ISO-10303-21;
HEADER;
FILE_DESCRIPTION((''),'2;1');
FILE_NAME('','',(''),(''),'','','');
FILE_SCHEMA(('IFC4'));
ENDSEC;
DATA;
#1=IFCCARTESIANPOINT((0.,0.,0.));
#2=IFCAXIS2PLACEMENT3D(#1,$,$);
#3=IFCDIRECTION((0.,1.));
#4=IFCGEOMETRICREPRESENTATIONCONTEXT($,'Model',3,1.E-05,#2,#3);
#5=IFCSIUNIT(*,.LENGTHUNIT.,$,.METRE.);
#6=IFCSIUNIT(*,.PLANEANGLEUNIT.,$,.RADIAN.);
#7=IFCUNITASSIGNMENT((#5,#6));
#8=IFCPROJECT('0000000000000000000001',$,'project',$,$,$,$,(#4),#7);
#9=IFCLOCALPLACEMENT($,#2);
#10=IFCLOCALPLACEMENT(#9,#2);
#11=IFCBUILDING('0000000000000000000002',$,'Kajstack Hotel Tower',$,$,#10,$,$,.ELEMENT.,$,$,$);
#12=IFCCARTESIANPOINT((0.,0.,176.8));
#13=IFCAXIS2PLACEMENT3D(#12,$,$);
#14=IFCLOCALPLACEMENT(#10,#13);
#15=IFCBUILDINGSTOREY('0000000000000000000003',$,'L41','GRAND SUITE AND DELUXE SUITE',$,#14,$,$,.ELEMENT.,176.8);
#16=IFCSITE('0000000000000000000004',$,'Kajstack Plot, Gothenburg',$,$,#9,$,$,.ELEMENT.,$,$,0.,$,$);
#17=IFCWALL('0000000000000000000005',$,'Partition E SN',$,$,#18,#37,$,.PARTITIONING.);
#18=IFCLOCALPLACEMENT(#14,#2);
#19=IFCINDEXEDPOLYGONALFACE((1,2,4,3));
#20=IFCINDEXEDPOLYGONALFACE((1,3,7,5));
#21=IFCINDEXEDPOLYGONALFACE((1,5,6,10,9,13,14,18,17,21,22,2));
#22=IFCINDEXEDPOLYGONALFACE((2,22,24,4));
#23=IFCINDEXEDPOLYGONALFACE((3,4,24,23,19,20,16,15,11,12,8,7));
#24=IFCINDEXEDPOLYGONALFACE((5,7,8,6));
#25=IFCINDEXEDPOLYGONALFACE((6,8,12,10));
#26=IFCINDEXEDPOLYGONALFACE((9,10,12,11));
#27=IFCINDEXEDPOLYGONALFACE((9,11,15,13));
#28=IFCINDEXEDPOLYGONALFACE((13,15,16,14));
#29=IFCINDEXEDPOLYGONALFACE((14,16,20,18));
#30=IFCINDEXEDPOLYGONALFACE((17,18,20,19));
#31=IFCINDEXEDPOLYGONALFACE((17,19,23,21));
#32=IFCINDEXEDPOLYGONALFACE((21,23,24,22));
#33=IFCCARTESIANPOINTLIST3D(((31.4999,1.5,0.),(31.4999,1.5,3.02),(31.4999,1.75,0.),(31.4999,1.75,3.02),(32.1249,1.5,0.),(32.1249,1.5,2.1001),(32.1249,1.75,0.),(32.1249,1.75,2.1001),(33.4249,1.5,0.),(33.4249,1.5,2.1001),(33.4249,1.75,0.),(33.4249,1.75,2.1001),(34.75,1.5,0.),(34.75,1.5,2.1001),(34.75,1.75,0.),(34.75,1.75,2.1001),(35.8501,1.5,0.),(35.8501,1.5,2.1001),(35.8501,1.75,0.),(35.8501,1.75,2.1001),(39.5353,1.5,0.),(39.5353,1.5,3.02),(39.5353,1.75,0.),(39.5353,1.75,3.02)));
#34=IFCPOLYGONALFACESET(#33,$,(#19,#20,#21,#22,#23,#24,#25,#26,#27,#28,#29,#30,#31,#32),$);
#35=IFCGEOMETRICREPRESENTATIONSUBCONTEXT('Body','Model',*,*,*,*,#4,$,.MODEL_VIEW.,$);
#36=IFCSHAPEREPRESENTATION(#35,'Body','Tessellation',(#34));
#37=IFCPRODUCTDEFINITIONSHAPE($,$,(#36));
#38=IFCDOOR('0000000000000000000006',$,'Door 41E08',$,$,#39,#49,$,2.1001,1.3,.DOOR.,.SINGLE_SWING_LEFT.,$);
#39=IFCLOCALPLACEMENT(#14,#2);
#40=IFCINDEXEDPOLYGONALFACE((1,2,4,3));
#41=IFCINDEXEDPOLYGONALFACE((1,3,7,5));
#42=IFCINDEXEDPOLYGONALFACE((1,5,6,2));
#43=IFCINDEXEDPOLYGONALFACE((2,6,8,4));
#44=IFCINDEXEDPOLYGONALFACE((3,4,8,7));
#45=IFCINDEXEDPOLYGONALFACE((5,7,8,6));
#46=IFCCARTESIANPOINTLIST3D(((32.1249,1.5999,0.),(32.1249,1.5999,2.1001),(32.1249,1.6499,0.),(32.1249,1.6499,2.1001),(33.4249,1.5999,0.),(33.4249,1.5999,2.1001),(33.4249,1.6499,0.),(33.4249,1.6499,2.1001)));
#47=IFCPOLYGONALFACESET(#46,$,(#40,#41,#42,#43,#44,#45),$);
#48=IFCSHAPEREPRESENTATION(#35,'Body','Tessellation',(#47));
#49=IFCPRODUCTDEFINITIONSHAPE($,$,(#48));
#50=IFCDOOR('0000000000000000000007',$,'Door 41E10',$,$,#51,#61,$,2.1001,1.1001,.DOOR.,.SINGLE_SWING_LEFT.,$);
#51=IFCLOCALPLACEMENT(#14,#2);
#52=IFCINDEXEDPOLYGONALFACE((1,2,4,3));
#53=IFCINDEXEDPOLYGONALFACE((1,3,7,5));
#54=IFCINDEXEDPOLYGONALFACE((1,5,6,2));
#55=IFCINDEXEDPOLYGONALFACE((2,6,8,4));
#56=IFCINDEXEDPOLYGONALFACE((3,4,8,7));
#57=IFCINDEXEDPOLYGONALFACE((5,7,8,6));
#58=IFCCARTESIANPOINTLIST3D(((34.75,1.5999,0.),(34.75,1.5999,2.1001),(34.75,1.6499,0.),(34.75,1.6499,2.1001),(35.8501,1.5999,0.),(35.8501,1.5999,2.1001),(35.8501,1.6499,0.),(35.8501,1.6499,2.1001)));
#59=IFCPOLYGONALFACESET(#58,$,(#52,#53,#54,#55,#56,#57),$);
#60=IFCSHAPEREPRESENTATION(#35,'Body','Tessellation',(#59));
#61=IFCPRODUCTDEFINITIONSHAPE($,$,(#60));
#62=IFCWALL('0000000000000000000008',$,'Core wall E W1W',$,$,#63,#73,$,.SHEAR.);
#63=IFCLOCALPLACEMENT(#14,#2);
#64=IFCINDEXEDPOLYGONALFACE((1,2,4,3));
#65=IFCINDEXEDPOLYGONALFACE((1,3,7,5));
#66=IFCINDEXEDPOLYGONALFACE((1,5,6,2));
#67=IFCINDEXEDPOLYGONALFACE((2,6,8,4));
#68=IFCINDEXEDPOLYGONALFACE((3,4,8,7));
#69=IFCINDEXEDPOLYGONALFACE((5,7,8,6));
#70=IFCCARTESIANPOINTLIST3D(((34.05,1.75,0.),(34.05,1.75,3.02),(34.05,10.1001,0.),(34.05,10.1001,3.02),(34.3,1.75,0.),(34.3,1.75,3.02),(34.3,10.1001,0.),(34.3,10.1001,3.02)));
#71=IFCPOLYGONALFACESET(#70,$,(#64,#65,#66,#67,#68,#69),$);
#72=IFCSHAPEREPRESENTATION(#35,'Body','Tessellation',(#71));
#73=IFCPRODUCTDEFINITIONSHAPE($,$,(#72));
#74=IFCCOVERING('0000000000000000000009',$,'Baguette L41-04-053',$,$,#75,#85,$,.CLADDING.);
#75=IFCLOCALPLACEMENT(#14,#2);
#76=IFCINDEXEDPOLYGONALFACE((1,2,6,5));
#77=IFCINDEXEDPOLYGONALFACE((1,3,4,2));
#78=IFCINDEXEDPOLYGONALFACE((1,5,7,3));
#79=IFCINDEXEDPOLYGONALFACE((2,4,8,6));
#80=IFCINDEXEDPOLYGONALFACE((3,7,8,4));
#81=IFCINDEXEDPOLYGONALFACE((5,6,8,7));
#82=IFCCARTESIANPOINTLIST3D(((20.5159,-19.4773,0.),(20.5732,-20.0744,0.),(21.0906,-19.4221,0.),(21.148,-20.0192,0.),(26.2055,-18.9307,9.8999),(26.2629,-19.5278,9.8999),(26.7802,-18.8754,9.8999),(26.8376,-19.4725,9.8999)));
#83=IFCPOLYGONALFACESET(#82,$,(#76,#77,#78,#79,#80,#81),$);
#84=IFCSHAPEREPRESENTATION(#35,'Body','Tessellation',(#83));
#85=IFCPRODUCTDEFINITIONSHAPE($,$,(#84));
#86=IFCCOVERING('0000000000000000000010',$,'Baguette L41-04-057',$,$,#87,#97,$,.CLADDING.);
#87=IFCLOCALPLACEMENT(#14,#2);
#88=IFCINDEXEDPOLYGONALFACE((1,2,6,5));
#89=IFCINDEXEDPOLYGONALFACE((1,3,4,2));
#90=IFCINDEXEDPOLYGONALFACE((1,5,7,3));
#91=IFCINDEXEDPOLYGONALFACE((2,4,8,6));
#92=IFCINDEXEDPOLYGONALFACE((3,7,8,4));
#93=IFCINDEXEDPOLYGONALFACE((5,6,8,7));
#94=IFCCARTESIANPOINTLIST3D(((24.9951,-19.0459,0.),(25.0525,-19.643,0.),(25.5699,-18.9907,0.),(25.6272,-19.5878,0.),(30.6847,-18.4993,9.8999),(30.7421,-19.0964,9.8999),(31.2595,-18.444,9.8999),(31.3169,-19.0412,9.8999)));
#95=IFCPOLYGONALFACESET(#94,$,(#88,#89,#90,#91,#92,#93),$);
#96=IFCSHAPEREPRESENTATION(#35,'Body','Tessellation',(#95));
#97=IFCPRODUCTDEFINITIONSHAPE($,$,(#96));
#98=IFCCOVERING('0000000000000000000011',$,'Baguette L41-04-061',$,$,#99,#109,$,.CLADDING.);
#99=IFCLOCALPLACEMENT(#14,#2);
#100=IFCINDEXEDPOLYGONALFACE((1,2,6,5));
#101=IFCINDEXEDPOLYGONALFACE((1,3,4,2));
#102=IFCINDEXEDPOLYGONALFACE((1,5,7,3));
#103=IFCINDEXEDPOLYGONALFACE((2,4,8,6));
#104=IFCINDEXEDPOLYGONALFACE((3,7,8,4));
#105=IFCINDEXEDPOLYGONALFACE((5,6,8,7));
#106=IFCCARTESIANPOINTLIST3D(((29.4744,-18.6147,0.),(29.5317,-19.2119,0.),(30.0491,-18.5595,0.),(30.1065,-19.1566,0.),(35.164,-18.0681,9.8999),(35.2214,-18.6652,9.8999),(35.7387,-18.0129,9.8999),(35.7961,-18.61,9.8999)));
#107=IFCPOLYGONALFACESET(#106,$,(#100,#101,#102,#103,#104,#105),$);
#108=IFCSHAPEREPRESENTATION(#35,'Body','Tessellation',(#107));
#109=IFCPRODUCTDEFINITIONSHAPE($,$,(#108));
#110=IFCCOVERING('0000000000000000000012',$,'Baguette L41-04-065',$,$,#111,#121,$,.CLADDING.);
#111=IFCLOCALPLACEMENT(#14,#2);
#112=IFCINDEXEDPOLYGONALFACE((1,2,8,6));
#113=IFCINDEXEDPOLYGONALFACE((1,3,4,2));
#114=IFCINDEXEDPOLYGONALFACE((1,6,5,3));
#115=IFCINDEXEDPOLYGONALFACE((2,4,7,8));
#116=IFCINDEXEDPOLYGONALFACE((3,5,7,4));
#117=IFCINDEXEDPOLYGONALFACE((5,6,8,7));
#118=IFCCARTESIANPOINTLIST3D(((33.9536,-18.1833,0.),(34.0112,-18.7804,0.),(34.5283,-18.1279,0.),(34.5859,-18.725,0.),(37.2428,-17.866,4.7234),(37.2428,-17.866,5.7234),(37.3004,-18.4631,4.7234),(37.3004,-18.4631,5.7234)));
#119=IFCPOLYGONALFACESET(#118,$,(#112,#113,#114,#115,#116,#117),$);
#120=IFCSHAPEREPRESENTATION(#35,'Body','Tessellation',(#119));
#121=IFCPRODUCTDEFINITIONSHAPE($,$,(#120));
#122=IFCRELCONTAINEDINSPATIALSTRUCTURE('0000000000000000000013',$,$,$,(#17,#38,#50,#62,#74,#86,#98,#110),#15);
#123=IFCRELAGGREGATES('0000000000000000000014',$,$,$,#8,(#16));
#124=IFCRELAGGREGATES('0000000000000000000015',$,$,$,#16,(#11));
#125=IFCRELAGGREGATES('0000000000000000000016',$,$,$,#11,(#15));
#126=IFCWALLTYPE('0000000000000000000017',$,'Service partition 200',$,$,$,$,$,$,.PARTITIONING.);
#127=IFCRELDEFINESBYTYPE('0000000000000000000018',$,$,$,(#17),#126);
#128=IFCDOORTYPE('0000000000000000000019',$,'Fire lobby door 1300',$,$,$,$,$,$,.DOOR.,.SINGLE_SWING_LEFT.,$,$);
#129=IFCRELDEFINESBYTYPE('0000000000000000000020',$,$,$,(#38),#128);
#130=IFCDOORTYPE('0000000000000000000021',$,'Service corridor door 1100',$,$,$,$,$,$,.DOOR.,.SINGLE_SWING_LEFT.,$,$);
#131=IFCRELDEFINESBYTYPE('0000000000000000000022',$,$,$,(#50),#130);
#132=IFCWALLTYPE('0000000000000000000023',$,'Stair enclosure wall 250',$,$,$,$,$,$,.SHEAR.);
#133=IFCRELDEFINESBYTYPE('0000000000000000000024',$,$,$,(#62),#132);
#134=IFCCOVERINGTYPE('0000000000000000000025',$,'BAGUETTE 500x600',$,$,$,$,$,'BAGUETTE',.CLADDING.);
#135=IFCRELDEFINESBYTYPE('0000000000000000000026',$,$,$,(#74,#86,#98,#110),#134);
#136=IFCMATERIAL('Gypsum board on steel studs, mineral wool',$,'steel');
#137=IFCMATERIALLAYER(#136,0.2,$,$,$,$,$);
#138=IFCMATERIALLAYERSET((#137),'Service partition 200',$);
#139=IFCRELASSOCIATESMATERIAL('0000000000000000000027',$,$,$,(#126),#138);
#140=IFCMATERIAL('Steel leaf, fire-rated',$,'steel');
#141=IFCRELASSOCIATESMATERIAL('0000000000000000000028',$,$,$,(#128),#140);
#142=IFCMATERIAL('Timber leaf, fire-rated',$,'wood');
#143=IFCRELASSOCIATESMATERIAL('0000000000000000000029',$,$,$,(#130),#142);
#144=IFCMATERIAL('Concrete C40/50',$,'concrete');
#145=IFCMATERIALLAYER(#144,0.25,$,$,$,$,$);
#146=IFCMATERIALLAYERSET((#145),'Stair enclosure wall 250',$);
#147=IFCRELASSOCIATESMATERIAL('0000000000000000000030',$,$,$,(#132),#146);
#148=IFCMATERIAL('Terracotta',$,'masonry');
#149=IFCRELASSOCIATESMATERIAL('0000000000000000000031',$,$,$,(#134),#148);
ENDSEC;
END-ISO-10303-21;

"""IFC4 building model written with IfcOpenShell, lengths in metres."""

from ifc_helpers import new_model, si_unit, direction, frame, frame_2d, origin, origin_2d, place, context, subcontext, project, spatial, polyline, rectangle, outline, extrude, material, layer, layer_set, material_profile, profile_set, type_object, element, fill, save


model = new_model("IFC4")

# Units and contexts
model_context = context("Model", 3, precision=1e-05, world=origin(), true_north=direction((0.0, 1.0)))
body_context = subcontext(model_context, "Body", "Model", "MODEL_VIEW")
ifc_project = project(units=[si_unit("LENGTHUNIT", "METRE"), si_unit("PLANEANGLEUNIT", "RADIAN")], contexts=[model_context])

# Site, building, storey
site_placement = place(None, origin())
site = spatial("IfcSite", under=ifc_project, at=site_placement, Name="Kajstack Plot, Gothenburg", CompositionType="ELEMENT", RefElevation=0.0)
building_placement = place(site_placement, origin())
building = spatial("IfcBuilding", under=site, at=building_placement, Name="Kajstack Hotel Tower", CompositionType="ELEMENT")
storey_placement = place(building_placement, frame((0.0, 0.0, 176.8)))
storey = spatial("IfcBuildingStorey", under=building, at=storey_placement, Name="L41", Description="GRAND SUITE AND DELUXE SUITE", CompositionType="ELEMENT", Elevation=176.8)

# Wall, openings, doors
ifc_material_1 = material(Name="Gypsum board on steel studs, mineral wool", Category="steel")
ifc_layer_1 = layer(ifc_material_1, 0.2)
ifc_layer_set_1 = layer_set([ifc_layer_1], Name="Service partition 200")
wall_type_1 = type_object("IfcWallType", Name="Service partition 200", PredefinedType="PARTITIONING", material=ifc_layer_set_1)
wall_1_placement = place(storey_placement, frame((31.5, 1.625, 0.0), z_axis=(0.0, 0.0, 1.0), x_axis=(1.0, 0.0, 0.0)))
wall_1 = element("IfcWall", 1, at=wall_1_placement, inside=storey, type_object=wall_type_1, Name="Partition E SN", PredefinedType="PARTITIONING", context=body_context, shape_type="SweptSolid", body=[
    extrude(rectangle(XDim=8.0354, YDim=0.25, at=frame_2d((4.0176, 0.0))), origin(), (0.0, 0.0, 1.0), 3.02),
])
opening_1_placement = place(wall_1_placement, frame((0.625, 0.0, 0.0)))
opening_1 = element("IfcOpeningElement", 2, at=opening_1_placement, cuts=wall_1, PredefinedType="OPENING", context=body_context, shape_type="SweptSolid", body=[
    extrude(rectangle(XDim=1.3, YDim=2.1001, at=frame_2d((0.6499, 1.05))), frame((0.0, 0.135, 0.0), z_axis=(0.0, -1.0, 0.0), x_axis=(1.0, 0.0, 0.0)), (0.0, 0.0, 1.0), 0.27),
])
opening_2_placement = place(wall_1_placement, frame((3.25, 0.0, 0.0)))
opening_2 = element("IfcOpeningElement", 3, at=opening_2_placement, cuts=wall_1, PredefinedType="OPENING", context=body_context, shape_type="SweptSolid", body=[
    extrude(rectangle(XDim=1.1001, YDim=2.1001, at=frame_2d((0.55, 1.05))), frame((0.0, 0.135, 0.0), z_axis=(0.0, -1.0, 0.0), x_axis=(1.0, 0.0, 0.0)), (0.0, 0.0, 1.0), 0.27),
])
ifc_material_2 = material(Name="Steel leaf, fire-rated", Category="steel")
door_type_1 = type_object("IfcDoorType", Name="Fire lobby door 1300", OperationType="SINGLE_SWING_LEFT", PredefinedType="DOOR", material=ifc_material_2)
door_1_placement = place(opening_1_placement, origin())
door_1 = element("IfcDoor", 4, at=door_1_placement, inside=storey, type_object=door_type_1, Name="Door 41E08", OperationType="SINGLE_SWING_LEFT", OverallHeight=2.1001, OverallWidth=1.3, PredefinedType="DOOR", context=body_context, shape_type="SweptSolid", body=[
    extrude(rectangle(XDim=1.3, YDim=2.1001, at=frame_2d((0.6499, 1.05))), frame((0.0, 0.0249, 0.0), z_axis=(0.0, -1.0, 0.0), x_axis=(1.0, 0.0, 0.0)), (0.0, 0.0, 1.0), 0.05),
])
fill(opening_1, door_1)
ifc_material_3 = material(Name="Timber leaf, fire-rated", Category="wood")
door_type_2 = type_object("IfcDoorType", Name="Service corridor door 1100", OperationType="SINGLE_SWING_LEFT", PredefinedType="DOOR", material=ifc_material_3)
door_2_placement = place(opening_2_placement, origin())
door_2 = element("IfcDoor", 5, at=door_2_placement, inside=storey, type_object=door_type_2, Name="Door 41E10", OperationType="SINGLE_SWING_LEFT", OverallHeight=2.1001, OverallWidth=1.1001, PredefinedType="DOOR", context=body_context, shape_type="SweptSolid", body=[
    extrude(rectangle(XDim=1.1001, YDim=2.1001, at=frame_2d((0.55, 1.05))), frame((0.0, 0.0249, 0.0), z_axis=(0.0, -1.0, 0.0), x_axis=(1.0, 0.0, 0.0)), (0.0, 0.0, 1.0), 0.05),
])
fill(opening_2, door_2)

# Wall
ifc_material_4 = material(Name="Concrete C40/50", Category="concrete")
ifc_layer_2 = layer(ifc_material_4, 0.25)
ifc_layer_set_2 = layer_set([ifc_layer_2], Name="Stair enclosure wall 250")
wall_type_2 = type_object("IfcWallType", Name="Stair enclosure wall 250", PredefinedType="SHEAR", material=ifc_layer_set_2)
wall_2_placement = place(storey_placement, frame((34.175, 1.75, 0.0), z_axis=(0.0, 0.0, 1.0), x_axis=(0.0, 1.0, 0.0)))
element("IfcWall", 6, at=wall_2_placement, inside=storey, type_object=wall_type_2, Name="Core wall E W1W", PredefinedType="SHEAR", context=body_context, shape_type="SweptSolid", body=[
    extrude(rectangle(XDim=8.3501, YDim=0.25, at=frame_2d((4.175, 0.0))), origin(), (0.0, 0.0, 1.0), 3.02),
])

# Coverings
ifc_material_5 = material(Name="Terracotta", Category="masonry")
ifc_material_profile = material_profile(ifc_material_5, rectangle(XDim=0.6001, YDim=0.5, at=origin_2d()), Name="Terracotta-clad concrete baguette 500 x 600")
ifc_profile_set = profile_set([ifc_material_profile], Name="Terracotta")
covering_type = type_object("IfcCoveringType", Name="BAGUETTE 500x600", ElementType="BAGUETTE", PredefinedType="CLADDING", material=ifc_profile_set)
for number, where, z_axis, x_axis, name in (
    (7, (20.5159, -19.4773, 0.0), (0.095635, -0.995416, 0.0), (0.995416, 0.095635, 0.0), "Baguette L41-04-053"),
    (8, (24.9951, -19.0459, 0.0), (0.095635, -0.995416, 0.0), (0.995416, 0.095635, 0.0), "Baguette L41-04-057"),
    (9, (29.4744, -18.6147, 0.0), (0.095635, -0.995416, 0.0), (0.995416, 0.095635, 0.0), "Baguette L41-04-061"),
):
    element("IfcCovering", number, at=place(storey_placement, frame(where, z_axis=z_axis, x_axis=x_axis)), inside=storey, type_object=covering_type, Name=name, PredefinedType="CLADDING", context=body_context, shape_type="SweptSolid", body=[
        extrude(outline(polyline([(5.7158, 9.8999), (0.0, 0.0), (0.5774, 0.0), (6.2932, 9.8999), (5.7158, 9.8999)])), origin(), (0.0, 0.0, 1.0), 0.5999),
    ])
covering_placement = place(storey_placement, frame((33.9536, -18.1833, 0.0), z_axis=(0.096038, -0.995378, 0.0), x_axis=(0.995378, 0.096038, 0.0)))
element("IfcCovering", 10, at=covering_placement, inside=storey, type_object=covering_type, Name="Baguette L41-04-065", PredefinedType="CLADDING", context=body_context, shape_type="SweptSolid", body=[
    extrude(outline(polyline([(0.5774, 0.0), (3.3044, 4.7234), (3.3044, 5.7234), (0.0, 0.0), (0.5774, 0.0)])), origin(), (0.0, 0.0, 1.0), 0.5999),
])

save(model, "model.ifc")
